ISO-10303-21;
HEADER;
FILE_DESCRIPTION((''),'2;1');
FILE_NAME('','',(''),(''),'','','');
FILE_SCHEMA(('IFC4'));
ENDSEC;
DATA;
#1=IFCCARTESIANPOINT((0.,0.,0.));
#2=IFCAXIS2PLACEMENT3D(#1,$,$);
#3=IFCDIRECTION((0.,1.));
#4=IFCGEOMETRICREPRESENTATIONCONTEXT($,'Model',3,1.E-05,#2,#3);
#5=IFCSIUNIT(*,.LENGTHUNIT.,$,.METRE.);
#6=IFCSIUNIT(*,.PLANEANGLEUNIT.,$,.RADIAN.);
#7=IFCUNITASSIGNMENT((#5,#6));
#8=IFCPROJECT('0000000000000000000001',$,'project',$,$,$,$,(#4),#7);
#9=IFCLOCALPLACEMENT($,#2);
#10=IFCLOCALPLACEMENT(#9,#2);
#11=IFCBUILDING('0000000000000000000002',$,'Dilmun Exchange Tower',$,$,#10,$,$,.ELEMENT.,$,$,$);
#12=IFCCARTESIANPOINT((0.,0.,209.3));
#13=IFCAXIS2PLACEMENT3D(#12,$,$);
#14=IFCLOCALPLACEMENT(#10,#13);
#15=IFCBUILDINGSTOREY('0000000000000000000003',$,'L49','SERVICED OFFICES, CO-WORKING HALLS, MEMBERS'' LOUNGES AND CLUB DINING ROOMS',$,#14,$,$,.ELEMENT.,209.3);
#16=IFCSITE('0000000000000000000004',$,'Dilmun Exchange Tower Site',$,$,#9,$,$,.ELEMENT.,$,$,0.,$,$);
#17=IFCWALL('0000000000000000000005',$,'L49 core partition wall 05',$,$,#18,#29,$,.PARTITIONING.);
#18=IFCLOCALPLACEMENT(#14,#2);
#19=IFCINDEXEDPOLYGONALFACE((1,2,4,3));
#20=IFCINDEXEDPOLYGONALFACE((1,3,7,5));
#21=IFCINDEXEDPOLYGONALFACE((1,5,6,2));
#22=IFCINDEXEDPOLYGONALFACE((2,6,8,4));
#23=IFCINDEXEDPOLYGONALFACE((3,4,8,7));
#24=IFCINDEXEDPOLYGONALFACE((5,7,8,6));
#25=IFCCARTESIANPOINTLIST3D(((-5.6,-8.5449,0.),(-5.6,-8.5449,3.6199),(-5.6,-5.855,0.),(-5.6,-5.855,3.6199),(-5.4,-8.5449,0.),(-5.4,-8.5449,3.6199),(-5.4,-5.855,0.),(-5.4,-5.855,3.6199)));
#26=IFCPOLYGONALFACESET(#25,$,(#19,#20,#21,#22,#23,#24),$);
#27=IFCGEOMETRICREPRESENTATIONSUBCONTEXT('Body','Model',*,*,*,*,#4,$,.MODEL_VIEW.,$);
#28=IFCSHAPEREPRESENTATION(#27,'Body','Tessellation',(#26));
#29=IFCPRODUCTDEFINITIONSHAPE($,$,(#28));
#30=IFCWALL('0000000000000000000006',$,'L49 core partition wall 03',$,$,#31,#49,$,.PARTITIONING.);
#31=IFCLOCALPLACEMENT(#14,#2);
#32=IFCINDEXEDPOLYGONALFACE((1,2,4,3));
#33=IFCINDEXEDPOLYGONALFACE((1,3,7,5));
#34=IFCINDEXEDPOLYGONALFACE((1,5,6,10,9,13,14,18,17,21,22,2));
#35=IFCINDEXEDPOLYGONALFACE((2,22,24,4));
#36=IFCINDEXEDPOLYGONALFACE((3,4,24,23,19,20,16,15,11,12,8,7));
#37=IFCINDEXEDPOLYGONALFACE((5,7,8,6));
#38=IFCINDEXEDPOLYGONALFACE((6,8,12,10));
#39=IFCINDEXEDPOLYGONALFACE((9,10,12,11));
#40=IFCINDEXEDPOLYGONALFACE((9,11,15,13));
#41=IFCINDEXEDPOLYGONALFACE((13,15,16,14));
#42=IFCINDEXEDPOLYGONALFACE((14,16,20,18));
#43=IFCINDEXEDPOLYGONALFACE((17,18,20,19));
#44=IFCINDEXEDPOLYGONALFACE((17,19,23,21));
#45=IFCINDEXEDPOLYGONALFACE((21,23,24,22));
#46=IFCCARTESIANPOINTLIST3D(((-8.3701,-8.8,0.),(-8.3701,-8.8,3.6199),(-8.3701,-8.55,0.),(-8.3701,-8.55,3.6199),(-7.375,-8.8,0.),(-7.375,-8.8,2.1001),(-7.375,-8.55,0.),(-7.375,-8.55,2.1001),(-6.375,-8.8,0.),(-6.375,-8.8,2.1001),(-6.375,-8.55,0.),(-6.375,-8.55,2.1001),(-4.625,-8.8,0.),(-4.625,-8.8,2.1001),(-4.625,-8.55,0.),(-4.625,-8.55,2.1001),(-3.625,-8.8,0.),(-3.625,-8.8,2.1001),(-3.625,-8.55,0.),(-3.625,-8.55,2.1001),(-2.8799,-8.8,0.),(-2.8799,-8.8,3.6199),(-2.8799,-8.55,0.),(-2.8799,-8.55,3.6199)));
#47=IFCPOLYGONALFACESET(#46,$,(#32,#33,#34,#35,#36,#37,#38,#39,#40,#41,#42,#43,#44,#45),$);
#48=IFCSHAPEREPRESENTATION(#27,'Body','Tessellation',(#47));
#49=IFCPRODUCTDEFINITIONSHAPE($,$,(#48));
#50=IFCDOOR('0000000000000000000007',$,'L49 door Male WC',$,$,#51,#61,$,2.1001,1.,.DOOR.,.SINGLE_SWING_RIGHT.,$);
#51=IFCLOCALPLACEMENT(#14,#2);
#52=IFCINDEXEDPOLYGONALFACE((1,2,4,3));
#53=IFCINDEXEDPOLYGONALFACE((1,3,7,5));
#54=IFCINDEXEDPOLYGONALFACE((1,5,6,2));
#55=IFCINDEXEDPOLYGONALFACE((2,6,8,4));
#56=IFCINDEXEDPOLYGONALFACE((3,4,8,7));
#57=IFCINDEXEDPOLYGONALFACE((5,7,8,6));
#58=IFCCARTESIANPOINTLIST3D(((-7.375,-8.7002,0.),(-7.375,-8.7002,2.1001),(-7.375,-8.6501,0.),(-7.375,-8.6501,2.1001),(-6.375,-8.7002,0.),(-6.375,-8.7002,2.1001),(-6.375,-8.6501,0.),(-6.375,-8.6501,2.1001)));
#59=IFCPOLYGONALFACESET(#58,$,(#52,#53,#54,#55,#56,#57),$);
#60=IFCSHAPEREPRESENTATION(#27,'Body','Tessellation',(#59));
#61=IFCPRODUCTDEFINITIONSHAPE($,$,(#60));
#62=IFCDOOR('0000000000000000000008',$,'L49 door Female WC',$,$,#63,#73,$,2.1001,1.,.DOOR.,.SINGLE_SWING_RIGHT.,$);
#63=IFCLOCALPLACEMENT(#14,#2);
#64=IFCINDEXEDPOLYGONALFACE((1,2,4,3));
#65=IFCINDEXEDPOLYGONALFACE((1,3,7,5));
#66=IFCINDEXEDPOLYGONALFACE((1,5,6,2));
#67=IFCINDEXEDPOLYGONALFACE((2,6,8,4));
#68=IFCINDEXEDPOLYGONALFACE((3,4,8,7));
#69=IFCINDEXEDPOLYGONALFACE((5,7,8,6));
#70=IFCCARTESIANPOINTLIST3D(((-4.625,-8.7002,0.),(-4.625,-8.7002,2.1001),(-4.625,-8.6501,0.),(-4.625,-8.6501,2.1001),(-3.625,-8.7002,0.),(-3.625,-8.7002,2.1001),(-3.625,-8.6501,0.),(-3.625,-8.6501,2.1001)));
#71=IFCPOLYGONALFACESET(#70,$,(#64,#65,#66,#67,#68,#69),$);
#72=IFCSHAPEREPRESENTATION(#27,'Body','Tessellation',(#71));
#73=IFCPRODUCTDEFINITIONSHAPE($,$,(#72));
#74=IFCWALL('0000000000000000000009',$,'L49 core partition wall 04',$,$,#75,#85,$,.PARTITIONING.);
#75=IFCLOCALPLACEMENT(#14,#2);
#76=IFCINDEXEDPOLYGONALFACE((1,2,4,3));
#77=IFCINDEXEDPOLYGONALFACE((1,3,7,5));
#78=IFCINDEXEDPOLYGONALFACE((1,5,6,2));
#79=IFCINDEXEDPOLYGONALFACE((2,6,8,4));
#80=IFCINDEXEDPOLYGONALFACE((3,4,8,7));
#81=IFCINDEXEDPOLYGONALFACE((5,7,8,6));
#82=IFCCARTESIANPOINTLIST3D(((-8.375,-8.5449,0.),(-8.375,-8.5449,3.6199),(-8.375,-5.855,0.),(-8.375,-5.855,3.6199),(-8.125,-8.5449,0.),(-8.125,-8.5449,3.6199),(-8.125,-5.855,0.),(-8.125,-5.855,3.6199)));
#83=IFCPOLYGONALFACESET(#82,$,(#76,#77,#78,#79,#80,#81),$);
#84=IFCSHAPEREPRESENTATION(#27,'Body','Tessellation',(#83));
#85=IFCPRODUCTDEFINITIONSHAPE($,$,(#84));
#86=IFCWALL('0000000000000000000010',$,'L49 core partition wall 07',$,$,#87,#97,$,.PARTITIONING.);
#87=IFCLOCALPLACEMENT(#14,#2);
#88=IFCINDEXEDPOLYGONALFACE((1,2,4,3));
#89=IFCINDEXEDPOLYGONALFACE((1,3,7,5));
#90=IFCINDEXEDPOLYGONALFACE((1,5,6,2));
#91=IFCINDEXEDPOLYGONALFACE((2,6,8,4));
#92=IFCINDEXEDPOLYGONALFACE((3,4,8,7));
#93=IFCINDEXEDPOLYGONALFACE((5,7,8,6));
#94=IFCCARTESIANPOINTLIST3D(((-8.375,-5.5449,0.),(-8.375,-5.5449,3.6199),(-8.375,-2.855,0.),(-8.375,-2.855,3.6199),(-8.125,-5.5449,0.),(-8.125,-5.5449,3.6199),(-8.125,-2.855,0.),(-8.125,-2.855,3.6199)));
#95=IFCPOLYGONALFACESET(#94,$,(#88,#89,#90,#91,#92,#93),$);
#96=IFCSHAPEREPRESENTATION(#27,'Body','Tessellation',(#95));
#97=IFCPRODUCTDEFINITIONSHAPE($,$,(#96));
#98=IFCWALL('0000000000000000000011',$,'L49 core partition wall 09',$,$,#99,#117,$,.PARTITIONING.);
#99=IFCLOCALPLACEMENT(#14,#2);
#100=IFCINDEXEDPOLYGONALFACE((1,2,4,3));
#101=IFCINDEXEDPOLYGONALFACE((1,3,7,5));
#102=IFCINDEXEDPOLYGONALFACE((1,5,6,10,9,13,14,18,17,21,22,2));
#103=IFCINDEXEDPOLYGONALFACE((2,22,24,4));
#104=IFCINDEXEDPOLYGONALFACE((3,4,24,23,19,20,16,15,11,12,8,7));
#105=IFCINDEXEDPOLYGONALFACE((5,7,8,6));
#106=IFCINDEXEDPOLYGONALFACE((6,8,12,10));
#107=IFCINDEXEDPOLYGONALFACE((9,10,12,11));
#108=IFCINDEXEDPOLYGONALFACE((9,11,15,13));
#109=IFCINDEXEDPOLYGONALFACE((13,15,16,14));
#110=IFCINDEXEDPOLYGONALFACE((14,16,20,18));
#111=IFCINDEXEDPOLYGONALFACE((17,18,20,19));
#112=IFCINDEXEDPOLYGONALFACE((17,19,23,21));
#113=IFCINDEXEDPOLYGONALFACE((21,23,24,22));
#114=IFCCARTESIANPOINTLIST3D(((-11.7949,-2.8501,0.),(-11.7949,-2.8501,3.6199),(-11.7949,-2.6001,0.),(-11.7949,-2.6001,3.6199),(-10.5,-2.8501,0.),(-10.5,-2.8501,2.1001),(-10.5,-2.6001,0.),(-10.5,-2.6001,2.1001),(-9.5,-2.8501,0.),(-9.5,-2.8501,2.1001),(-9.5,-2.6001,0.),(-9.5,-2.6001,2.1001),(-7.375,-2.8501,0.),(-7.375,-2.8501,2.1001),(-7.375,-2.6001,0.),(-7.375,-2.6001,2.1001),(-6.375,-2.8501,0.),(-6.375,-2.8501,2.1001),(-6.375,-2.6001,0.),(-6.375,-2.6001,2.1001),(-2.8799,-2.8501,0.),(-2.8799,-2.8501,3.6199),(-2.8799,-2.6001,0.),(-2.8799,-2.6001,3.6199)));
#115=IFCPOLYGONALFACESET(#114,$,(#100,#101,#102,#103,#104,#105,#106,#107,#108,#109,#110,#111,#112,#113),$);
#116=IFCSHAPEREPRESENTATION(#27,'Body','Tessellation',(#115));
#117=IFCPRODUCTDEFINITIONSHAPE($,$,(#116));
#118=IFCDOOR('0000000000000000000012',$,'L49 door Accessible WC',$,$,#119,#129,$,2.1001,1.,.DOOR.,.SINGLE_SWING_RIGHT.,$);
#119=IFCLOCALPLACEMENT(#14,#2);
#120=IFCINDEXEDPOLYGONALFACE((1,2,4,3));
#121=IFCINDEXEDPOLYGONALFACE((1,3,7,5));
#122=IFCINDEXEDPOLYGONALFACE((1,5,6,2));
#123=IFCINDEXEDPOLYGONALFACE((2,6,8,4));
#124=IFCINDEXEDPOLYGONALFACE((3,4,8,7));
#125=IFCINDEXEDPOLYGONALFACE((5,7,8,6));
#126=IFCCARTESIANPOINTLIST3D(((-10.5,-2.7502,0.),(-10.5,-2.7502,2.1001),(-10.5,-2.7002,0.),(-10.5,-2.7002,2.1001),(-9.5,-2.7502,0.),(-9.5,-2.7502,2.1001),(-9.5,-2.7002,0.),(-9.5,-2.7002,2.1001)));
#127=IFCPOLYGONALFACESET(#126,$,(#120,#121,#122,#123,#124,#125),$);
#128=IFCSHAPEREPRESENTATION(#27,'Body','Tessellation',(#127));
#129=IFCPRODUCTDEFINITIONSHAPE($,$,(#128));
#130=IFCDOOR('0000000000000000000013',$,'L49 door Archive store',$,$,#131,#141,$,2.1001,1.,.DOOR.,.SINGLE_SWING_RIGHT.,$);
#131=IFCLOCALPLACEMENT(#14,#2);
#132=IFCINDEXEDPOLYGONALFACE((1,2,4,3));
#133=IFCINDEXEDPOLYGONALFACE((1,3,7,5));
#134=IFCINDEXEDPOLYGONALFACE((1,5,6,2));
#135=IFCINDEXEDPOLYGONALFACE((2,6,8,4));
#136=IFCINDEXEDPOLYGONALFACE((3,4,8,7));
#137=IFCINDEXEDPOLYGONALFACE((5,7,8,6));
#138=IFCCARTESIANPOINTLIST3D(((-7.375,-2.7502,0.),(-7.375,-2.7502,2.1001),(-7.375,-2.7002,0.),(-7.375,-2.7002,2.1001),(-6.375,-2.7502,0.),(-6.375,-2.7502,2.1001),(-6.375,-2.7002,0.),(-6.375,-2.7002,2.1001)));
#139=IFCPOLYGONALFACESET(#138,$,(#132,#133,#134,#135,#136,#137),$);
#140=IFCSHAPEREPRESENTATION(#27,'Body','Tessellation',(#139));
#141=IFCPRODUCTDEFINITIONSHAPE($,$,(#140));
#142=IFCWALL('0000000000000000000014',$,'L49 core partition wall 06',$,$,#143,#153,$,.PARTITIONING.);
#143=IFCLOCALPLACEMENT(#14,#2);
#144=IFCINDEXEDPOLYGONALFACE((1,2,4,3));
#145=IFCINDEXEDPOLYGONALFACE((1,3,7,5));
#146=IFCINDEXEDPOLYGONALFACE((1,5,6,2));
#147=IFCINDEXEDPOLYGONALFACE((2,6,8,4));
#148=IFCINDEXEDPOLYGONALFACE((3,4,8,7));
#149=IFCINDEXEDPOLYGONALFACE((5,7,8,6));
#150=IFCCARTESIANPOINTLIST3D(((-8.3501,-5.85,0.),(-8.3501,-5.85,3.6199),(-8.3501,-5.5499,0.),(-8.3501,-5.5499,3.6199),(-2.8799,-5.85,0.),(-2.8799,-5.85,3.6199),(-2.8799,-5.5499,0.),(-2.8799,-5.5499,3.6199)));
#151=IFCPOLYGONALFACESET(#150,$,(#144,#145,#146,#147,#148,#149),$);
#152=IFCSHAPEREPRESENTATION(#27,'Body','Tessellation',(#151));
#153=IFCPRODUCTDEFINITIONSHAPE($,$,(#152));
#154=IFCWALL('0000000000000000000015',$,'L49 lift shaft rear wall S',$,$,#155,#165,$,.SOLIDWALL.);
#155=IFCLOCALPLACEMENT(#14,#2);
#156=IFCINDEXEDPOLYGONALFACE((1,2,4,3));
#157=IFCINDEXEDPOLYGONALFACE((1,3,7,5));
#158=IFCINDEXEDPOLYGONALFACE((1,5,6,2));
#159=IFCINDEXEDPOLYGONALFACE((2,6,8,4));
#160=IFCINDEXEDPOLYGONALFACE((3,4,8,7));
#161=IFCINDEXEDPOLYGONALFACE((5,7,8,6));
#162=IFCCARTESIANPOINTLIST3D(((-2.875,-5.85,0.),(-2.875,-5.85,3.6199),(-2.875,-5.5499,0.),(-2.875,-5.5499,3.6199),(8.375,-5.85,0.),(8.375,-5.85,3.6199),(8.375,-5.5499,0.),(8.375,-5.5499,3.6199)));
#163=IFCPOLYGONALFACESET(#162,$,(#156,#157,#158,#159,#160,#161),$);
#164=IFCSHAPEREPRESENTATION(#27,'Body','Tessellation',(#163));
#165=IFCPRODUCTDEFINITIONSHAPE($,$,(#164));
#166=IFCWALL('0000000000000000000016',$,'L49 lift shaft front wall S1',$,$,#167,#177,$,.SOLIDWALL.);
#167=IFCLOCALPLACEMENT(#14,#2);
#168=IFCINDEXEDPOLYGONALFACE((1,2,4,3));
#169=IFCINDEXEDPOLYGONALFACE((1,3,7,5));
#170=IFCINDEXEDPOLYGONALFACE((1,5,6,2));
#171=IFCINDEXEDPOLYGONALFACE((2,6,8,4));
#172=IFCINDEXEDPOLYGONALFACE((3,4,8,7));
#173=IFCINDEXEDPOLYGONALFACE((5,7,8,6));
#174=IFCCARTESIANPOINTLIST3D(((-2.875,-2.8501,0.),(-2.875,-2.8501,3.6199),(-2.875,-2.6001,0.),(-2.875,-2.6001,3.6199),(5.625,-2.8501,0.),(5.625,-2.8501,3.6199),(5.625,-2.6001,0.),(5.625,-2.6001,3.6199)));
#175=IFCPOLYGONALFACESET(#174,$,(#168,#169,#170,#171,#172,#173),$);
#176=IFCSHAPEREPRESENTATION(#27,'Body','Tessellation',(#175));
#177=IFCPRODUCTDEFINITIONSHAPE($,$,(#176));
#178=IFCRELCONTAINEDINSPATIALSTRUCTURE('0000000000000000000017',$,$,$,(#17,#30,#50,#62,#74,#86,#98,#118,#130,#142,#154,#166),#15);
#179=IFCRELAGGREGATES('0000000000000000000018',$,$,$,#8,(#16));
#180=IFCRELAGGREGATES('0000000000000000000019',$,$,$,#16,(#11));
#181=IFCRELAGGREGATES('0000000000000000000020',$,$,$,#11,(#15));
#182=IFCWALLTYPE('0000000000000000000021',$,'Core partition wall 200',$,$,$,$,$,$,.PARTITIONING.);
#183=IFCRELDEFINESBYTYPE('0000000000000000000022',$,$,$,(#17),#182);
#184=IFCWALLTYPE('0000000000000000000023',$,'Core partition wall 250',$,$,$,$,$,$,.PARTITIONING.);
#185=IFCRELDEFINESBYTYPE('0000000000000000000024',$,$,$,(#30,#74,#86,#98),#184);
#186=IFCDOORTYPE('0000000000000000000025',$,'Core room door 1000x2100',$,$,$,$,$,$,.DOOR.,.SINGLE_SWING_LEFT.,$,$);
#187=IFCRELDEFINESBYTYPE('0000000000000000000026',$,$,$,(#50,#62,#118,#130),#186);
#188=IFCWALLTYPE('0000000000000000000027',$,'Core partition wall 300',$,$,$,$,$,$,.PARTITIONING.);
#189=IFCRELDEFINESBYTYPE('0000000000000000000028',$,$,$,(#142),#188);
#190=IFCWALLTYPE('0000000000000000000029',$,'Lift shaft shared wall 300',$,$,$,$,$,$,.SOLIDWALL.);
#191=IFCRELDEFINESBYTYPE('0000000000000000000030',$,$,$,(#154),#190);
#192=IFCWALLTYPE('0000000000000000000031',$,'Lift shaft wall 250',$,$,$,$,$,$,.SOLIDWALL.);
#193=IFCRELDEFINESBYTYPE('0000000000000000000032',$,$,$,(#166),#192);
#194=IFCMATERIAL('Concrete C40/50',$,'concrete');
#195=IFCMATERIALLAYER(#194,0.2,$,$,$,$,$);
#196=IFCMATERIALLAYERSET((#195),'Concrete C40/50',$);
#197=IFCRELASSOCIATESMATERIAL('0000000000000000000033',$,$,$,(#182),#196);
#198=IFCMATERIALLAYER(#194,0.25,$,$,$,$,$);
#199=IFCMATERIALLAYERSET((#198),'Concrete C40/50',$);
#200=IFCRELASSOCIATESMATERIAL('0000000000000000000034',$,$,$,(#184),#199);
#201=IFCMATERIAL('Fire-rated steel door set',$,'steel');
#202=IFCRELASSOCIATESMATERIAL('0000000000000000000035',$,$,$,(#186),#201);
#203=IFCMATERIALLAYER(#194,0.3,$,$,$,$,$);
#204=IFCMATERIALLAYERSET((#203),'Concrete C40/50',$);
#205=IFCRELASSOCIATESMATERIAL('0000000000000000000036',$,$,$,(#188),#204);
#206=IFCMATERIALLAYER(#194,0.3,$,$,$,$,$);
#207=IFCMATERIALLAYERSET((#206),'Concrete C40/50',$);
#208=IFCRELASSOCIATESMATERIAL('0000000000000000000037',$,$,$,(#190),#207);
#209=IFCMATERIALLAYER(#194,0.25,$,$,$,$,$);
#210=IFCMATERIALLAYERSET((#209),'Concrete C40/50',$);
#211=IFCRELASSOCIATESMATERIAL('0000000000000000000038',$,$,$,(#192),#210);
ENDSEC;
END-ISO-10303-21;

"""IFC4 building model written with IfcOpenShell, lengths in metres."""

from ifc_helpers import new_model, si_unit, direction, frame, frame_2d, origin, place, context, subcontext, project, spatial, rectangle, extrude, material, layer, layer_set, type_object, element, fill, save


model = new_model("IFC4")

# Units and contexts
model_context = context("Model", 3, precision=1e-05, world=origin(), true_north=direction((0.0, 1.0)))
body_context = subcontext(model_context, "Body", "Model", "MODEL_VIEW")
ifc_project = project(units=[si_unit("LENGTHUNIT", "METRE"), si_unit("PLANEANGLEUNIT", "RADIAN")], contexts=[model_context])

# Site, building, storey
site_placement = place(None, origin())
site = spatial("IfcSite", under=ifc_project, at=site_placement, Name="Dilmun Exchange Tower Site", CompositionType="ELEMENT", RefElevation=0.0)
building_placement = place(site_placement, origin())
building = spatial("IfcBuilding", under=site, at=building_placement, Name="Dilmun Exchange Tower", CompositionType="ELEMENT")
storey_placement = place(building_placement, frame((0.0, 0.0, 209.3)))
storey = spatial("IfcBuildingStorey", under=building, at=storey_placement, Name="L49", Description="SERVICED OFFICES, CO-WORKING HALLS, MEMBERS' LOUNGES AND CLUB DINING ROOMS", CompositionType="ELEMENT", Elevation=209.3)

# Wall
ifc_material_1 = material(Name="Concrete C40/50", Category="concrete")
ifc_layer_1 = layer(ifc_material_1, 0.2)
ifc_layer_set_1 = layer_set([ifc_layer_1], Name="Concrete C40/50")
wall_type_1 = type_object("IfcWallType", Name="Core partition wall 200", PredefinedType="PARTITIONING", material=ifc_layer_set_1)
wall_1_placement = place(storey_placement, frame((-5.5, -8.5449, 0.0), z_axis=(0.0, 0.0, 1.0), x_axis=(0.0, 1.0, 0.0)))
element("IfcWall", 1, at=wall_1_placement, inside=storey, type_object=wall_type_1, Name="L49 core partition wall 05", PredefinedType="PARTITIONING", context=body_context, shape_type="SweptSolid", body=[
    extrude(rectangle(XDim=2.6899, YDim=0.2, at=frame_2d((1.345, 0.0))), origin(), (0.0, 0.0, 1.0), 3.6199),
])

# Wall, openings, doors
ifc_layer_2 = layer(ifc_material_1, 0.25)
ifc_layer_set_2 = layer_set([ifc_layer_2], Name="Concrete C40/50")
wall_type_2 = type_object("IfcWallType", Name="Core partition wall 250", PredefinedType="PARTITIONING", material=ifc_layer_set_2)
wall_2_placement = place(storey_placement, frame((-8.3701, -8.675, 0.0), z_axis=(0.0, 0.0, 1.0), x_axis=(1.0, 0.0, 0.0)))
wall_2 = element("IfcWall", 2, at=wall_2_placement, inside=storey, type_object=wall_type_2, Name="L49 core partition wall 03", PredefinedType="PARTITIONING", context=body_context, shape_type="SweptSolid", body=[
    extrude(rectangle(XDim=5.4902, YDim=0.25, at=frame_2d((2.7451, 0.0))), origin(), (0.0, 0.0, 1.0), 3.6199),
])
opening_1_placement = place(wall_2_placement, frame((0.9951, 0.0, 0.0)))
opening_1 = element("IfcOpeningElement", 3, at=opening_1_placement, cuts=wall_2, PredefinedType="OPENING", context=body_context, shape_type="SweptSolid", body=[
    extrude(rectangle(XDim=1.0, YDim=2.1001, at=frame_2d((0.5, 1.05))), frame((0.0, 0.135, 0.0), z_axis=(0.0, -1.0, 0.0), x_axis=(1.0, 0.0, 0.0)), (0.0, 0.0, 1.0), 0.27),
])
opening_2_placement = place(wall_2_placement, frame((3.7451, 0.0, 0.0)))
opening_2 = element("IfcOpeningElement", 4, at=opening_2_placement, cuts=wall_2, PredefinedType="OPENING", context=body_context, shape_type="SweptSolid", body=[
    extrude(rectangle(XDim=1.0, YDim=2.1001, at=frame_2d((0.5, 1.05))), frame((0.0, 0.135, 0.0), z_axis=(0.0, -1.0, 0.0), x_axis=(1.0, 0.0, 0.0)), (0.0, 0.0, 1.0), 0.27),
])
ifc_material_2 = material(Name="Fire-rated steel door set", Category="steel")
door_type_1 = type_object("IfcDoorType", Name="Core room door 1000x2100", OperationType="SINGLE_SWING_LEFT", PredefinedType="DOOR", material=ifc_material_2)
door_1_placement = place(opening_1_placement, origin())
door_1 = element("IfcDoor", 5, at=door_1_placement, inside=storey, type_object=door_type_1, Name="L49 door Male WC", OperationType="SINGLE_SWING_RIGHT", OverallHeight=2.1001, OverallWidth=1.0, PredefinedType="DOOR", context=body_context, shape_type="SweptSolid", body=[
    extrude(rectangle(XDim=1.0, YDim=2.1001, at=frame_2d((0.5, 1.05))), frame((0.0, 0.0249, 0.0), z_axis=(0.0, -1.0, 0.0), x_axis=(1.0, 0.0, 0.0)), (0.0, 0.0, 1.0), 0.05),
])
fill(opening_1, door_1)
door_2_placement = place(opening_2_placement, origin())
door_2 = element("IfcDoor", 6, at=door_2_placement, inside=storey, type_object=door_type_1, Name="L49 door Female WC", OperationType="SINGLE_SWING_RIGHT", OverallHeight=2.1001, OverallWidth=1.0, PredefinedType="DOOR", context=body_context, shape_type="SweptSolid", body=[
    extrude(rectangle(XDim=1.0, YDim=2.1001, at=frame_2d((0.5, 1.05))), frame((0.0, 0.0249, 0.0), z_axis=(0.0, -1.0, 0.0), x_axis=(1.0, 0.0, 0.0)), (0.0, 0.0, 1.0), 0.05),
])
fill(opening_2, door_2)

# Walls
for number, where, z_axis, x_axis, name in (
    (7, (-8.25, -8.5449, 0.0), (0.0, 0.0, 1.0), (0.0, 1.0, 0.0), "L49 core partition wall 04"),
    (8, (-8.25, -5.5449, 0.0), (0.0, 0.0, 1.0), (0.0, 1.0, 0.0), "L49 core partition wall 07"),
):
    element("IfcWall", number, at=place(storey_placement, frame(where, z_axis=z_axis, x_axis=x_axis)), inside=storey, type_object=wall_type_2, Name=name, PredefinedType="PARTITIONING", context=body_context, shape_type="SweptSolid", body=[
        extrude(rectangle(XDim=2.6899, YDim=0.25, at=frame_2d((1.345, 0.0))), origin(), (0.0, 0.0, 1.0), 3.6199),
    ])

# Wall, openings, doors
wall_3_placement = place(storey_placement, frame((-11.7949, -2.7251, 0.0), z_axis=(0.0, 0.0, 1.0), x_axis=(1.0, 0.0, 0.0)))
wall_3 = element("IfcWall", 9, at=wall_3_placement, inside=storey, type_object=wall_type_2, Name="L49 core partition wall 09", PredefinedType="PARTITIONING", context=body_context, shape_type="SweptSolid", body=[
    extrude(rectangle(XDim=8.915, YDim=0.25, at=frame_2d((4.4575, 0.0))), origin(), (0.0, 0.0, 1.0), 3.6199),
])
opening_3_placement = place(wall_3_placement, frame((1.2949, 0.0, 0.0)))
opening_3 = element("IfcOpeningElement", 10, at=opening_3_placement, cuts=wall_3, PredefinedType="OPENING", context=body_context, shape_type="SweptSolid", body=[
    extrude(rectangle(XDim=1.0, YDim=2.1001, at=frame_2d((0.5, 1.05))), frame((0.0, 0.135, 0.0), z_axis=(0.0, -1.0, 0.0), x_axis=(1.0, 0.0, 0.0)), (0.0, 0.0, 1.0), 0.27),
])
opening_4_placement = place(wall_3_placement, frame((4.4199, 0.0, 0.0)))
opening_4 = element("IfcOpeningElement", 11, at=opening_4_placement, cuts=wall_3, PredefinedType="OPENING", context=body_context, shape_type="SweptSolid", body=[
    extrude(rectangle(XDim=1.0, YDim=2.1001, at=frame_2d((0.5, 1.05))), frame((0.0, 0.135, 0.0), z_axis=(0.0, -1.0, 0.0), x_axis=(1.0, 0.0, 0.0)), (0.0, 0.0, 1.0), 0.27),
])
door_3_placement = place(opening_3_placement, origin())
door_3 = element("IfcDoor", 12, at=door_3_placement, inside=storey, type_object=door_type_1, Name="L49 door Accessible WC", OperationType="SINGLE_SWING_RIGHT", OverallHeight=2.1001, OverallWidth=1.0, PredefinedType="DOOR", context=body_context, shape_type="SweptSolid", body=[
    extrude(rectangle(XDim=1.0, YDim=2.1001, at=frame_2d((0.5, 1.05))), frame((0.0, 0.0249, 0.0), z_axis=(0.0, -1.0, 0.0), x_axis=(1.0, 0.0, 0.0)), (0.0, 0.0, 1.0), 0.05),
])
fill(opening_3, door_3)
door_4_placement = place(opening_4_placement, origin())
door_4 = element("IfcDoor", 13, at=door_4_placement, inside=storey, type_object=door_type_1, Name="L49 door Archive store", OperationType="SINGLE_SWING_RIGHT", OverallHeight=2.1001, OverallWidth=1.0, PredefinedType="DOOR", context=body_context, shape_type="SweptSolid", body=[
    extrude(rectangle(XDim=1.0, YDim=2.1001, at=frame_2d((0.5, 1.05))), frame((0.0, 0.0249, 0.0), z_axis=(0.0, -1.0, 0.0), x_axis=(1.0, 0.0, 0.0)), (0.0, 0.0, 1.0), 0.05),
])
fill(opening_4, door_4)

# Walls
ifc_layer_3 = layer(ifc_material_1, 0.3)
ifc_layer_set_3 = layer_set([ifc_layer_3], Name="Concrete C40/50")
wall_type_3 = type_object("IfcWallType", Name="Core partition wall 300", PredefinedType="PARTITIONING", material=ifc_layer_set_3)
wall_4_placement = place(storey_placement, frame((-8.3501, -5.7, 0.0), z_axis=(0.0, 0.0, 1.0), x_axis=(1.0, 0.0, 0.0)))
element("IfcWall", 14, at=wall_4_placement, inside=storey, type_object=wall_type_3, Name="L49 core partition wall 06", PredefinedType="PARTITIONING", context=body_context, shape_type="SweptSolid", body=[
    extrude(rectangle(XDim=5.4702, YDim=0.3, at=frame_2d((2.7351, 0.0))), origin(), (0.0, 0.0, 1.0), 3.6199),
])
ifc_layer_4 = layer(ifc_material_1, 0.3)
ifc_layer_set_4 = layer_set([ifc_layer_4], Name="Concrete C40/50")
wall_type_4 = type_object("IfcWallType", Name="Lift shaft shared wall 300", PredefinedType="SOLIDWALL", material=ifc_layer_set_4)
wall_5_placement = place(storey_placement, frame((-2.875, -5.7, 0.0), z_axis=(0.0, 0.0, 1.0), x_axis=(1.0, 0.0, 0.0)))
element("IfcWall", 15, at=wall_5_placement, inside=storey, type_object=wall_type_4, Name="L49 lift shaft rear wall S", PredefinedType="SOLIDWALL", context=body_context, shape_type="SweptSolid", body=[
    extrude(rectangle(XDim=11.25, YDim=0.3, at=frame_2d((5.625, 0.0))), origin(), (0.0, 0.0, 1.0), 3.6199),
])
ifc_layer_5 = layer(ifc_material_1, 0.25)
ifc_layer_set_5 = layer_set([ifc_layer_5], Name="Concrete C40/50")
wall_type_5 = type_object("IfcWallType", Name="Lift shaft wall 250", PredefinedType="SOLIDWALL", material=ifc_layer_set_5)
wall_6_placement = place(storey_placement, frame((-2.875, -2.7251, 0.0), z_axis=(0.0, 0.0, 1.0), x_axis=(1.0, 0.0, 0.0)))
element("IfcWall", 16, at=wall_6_placement, inside=storey, type_object=wall_type_5, Name="L49 lift shaft front wall S1", PredefinedType="SOLIDWALL", context=body_context, shape_type="SweptSolid", body=[
    extrude(rectangle(XDim=8.5, YDim=0.25, at=frame_2d((4.25, 0.0))), origin(), (0.0, 0.0, 1.0), 3.6199),
])

save(model, "model.ifc")
